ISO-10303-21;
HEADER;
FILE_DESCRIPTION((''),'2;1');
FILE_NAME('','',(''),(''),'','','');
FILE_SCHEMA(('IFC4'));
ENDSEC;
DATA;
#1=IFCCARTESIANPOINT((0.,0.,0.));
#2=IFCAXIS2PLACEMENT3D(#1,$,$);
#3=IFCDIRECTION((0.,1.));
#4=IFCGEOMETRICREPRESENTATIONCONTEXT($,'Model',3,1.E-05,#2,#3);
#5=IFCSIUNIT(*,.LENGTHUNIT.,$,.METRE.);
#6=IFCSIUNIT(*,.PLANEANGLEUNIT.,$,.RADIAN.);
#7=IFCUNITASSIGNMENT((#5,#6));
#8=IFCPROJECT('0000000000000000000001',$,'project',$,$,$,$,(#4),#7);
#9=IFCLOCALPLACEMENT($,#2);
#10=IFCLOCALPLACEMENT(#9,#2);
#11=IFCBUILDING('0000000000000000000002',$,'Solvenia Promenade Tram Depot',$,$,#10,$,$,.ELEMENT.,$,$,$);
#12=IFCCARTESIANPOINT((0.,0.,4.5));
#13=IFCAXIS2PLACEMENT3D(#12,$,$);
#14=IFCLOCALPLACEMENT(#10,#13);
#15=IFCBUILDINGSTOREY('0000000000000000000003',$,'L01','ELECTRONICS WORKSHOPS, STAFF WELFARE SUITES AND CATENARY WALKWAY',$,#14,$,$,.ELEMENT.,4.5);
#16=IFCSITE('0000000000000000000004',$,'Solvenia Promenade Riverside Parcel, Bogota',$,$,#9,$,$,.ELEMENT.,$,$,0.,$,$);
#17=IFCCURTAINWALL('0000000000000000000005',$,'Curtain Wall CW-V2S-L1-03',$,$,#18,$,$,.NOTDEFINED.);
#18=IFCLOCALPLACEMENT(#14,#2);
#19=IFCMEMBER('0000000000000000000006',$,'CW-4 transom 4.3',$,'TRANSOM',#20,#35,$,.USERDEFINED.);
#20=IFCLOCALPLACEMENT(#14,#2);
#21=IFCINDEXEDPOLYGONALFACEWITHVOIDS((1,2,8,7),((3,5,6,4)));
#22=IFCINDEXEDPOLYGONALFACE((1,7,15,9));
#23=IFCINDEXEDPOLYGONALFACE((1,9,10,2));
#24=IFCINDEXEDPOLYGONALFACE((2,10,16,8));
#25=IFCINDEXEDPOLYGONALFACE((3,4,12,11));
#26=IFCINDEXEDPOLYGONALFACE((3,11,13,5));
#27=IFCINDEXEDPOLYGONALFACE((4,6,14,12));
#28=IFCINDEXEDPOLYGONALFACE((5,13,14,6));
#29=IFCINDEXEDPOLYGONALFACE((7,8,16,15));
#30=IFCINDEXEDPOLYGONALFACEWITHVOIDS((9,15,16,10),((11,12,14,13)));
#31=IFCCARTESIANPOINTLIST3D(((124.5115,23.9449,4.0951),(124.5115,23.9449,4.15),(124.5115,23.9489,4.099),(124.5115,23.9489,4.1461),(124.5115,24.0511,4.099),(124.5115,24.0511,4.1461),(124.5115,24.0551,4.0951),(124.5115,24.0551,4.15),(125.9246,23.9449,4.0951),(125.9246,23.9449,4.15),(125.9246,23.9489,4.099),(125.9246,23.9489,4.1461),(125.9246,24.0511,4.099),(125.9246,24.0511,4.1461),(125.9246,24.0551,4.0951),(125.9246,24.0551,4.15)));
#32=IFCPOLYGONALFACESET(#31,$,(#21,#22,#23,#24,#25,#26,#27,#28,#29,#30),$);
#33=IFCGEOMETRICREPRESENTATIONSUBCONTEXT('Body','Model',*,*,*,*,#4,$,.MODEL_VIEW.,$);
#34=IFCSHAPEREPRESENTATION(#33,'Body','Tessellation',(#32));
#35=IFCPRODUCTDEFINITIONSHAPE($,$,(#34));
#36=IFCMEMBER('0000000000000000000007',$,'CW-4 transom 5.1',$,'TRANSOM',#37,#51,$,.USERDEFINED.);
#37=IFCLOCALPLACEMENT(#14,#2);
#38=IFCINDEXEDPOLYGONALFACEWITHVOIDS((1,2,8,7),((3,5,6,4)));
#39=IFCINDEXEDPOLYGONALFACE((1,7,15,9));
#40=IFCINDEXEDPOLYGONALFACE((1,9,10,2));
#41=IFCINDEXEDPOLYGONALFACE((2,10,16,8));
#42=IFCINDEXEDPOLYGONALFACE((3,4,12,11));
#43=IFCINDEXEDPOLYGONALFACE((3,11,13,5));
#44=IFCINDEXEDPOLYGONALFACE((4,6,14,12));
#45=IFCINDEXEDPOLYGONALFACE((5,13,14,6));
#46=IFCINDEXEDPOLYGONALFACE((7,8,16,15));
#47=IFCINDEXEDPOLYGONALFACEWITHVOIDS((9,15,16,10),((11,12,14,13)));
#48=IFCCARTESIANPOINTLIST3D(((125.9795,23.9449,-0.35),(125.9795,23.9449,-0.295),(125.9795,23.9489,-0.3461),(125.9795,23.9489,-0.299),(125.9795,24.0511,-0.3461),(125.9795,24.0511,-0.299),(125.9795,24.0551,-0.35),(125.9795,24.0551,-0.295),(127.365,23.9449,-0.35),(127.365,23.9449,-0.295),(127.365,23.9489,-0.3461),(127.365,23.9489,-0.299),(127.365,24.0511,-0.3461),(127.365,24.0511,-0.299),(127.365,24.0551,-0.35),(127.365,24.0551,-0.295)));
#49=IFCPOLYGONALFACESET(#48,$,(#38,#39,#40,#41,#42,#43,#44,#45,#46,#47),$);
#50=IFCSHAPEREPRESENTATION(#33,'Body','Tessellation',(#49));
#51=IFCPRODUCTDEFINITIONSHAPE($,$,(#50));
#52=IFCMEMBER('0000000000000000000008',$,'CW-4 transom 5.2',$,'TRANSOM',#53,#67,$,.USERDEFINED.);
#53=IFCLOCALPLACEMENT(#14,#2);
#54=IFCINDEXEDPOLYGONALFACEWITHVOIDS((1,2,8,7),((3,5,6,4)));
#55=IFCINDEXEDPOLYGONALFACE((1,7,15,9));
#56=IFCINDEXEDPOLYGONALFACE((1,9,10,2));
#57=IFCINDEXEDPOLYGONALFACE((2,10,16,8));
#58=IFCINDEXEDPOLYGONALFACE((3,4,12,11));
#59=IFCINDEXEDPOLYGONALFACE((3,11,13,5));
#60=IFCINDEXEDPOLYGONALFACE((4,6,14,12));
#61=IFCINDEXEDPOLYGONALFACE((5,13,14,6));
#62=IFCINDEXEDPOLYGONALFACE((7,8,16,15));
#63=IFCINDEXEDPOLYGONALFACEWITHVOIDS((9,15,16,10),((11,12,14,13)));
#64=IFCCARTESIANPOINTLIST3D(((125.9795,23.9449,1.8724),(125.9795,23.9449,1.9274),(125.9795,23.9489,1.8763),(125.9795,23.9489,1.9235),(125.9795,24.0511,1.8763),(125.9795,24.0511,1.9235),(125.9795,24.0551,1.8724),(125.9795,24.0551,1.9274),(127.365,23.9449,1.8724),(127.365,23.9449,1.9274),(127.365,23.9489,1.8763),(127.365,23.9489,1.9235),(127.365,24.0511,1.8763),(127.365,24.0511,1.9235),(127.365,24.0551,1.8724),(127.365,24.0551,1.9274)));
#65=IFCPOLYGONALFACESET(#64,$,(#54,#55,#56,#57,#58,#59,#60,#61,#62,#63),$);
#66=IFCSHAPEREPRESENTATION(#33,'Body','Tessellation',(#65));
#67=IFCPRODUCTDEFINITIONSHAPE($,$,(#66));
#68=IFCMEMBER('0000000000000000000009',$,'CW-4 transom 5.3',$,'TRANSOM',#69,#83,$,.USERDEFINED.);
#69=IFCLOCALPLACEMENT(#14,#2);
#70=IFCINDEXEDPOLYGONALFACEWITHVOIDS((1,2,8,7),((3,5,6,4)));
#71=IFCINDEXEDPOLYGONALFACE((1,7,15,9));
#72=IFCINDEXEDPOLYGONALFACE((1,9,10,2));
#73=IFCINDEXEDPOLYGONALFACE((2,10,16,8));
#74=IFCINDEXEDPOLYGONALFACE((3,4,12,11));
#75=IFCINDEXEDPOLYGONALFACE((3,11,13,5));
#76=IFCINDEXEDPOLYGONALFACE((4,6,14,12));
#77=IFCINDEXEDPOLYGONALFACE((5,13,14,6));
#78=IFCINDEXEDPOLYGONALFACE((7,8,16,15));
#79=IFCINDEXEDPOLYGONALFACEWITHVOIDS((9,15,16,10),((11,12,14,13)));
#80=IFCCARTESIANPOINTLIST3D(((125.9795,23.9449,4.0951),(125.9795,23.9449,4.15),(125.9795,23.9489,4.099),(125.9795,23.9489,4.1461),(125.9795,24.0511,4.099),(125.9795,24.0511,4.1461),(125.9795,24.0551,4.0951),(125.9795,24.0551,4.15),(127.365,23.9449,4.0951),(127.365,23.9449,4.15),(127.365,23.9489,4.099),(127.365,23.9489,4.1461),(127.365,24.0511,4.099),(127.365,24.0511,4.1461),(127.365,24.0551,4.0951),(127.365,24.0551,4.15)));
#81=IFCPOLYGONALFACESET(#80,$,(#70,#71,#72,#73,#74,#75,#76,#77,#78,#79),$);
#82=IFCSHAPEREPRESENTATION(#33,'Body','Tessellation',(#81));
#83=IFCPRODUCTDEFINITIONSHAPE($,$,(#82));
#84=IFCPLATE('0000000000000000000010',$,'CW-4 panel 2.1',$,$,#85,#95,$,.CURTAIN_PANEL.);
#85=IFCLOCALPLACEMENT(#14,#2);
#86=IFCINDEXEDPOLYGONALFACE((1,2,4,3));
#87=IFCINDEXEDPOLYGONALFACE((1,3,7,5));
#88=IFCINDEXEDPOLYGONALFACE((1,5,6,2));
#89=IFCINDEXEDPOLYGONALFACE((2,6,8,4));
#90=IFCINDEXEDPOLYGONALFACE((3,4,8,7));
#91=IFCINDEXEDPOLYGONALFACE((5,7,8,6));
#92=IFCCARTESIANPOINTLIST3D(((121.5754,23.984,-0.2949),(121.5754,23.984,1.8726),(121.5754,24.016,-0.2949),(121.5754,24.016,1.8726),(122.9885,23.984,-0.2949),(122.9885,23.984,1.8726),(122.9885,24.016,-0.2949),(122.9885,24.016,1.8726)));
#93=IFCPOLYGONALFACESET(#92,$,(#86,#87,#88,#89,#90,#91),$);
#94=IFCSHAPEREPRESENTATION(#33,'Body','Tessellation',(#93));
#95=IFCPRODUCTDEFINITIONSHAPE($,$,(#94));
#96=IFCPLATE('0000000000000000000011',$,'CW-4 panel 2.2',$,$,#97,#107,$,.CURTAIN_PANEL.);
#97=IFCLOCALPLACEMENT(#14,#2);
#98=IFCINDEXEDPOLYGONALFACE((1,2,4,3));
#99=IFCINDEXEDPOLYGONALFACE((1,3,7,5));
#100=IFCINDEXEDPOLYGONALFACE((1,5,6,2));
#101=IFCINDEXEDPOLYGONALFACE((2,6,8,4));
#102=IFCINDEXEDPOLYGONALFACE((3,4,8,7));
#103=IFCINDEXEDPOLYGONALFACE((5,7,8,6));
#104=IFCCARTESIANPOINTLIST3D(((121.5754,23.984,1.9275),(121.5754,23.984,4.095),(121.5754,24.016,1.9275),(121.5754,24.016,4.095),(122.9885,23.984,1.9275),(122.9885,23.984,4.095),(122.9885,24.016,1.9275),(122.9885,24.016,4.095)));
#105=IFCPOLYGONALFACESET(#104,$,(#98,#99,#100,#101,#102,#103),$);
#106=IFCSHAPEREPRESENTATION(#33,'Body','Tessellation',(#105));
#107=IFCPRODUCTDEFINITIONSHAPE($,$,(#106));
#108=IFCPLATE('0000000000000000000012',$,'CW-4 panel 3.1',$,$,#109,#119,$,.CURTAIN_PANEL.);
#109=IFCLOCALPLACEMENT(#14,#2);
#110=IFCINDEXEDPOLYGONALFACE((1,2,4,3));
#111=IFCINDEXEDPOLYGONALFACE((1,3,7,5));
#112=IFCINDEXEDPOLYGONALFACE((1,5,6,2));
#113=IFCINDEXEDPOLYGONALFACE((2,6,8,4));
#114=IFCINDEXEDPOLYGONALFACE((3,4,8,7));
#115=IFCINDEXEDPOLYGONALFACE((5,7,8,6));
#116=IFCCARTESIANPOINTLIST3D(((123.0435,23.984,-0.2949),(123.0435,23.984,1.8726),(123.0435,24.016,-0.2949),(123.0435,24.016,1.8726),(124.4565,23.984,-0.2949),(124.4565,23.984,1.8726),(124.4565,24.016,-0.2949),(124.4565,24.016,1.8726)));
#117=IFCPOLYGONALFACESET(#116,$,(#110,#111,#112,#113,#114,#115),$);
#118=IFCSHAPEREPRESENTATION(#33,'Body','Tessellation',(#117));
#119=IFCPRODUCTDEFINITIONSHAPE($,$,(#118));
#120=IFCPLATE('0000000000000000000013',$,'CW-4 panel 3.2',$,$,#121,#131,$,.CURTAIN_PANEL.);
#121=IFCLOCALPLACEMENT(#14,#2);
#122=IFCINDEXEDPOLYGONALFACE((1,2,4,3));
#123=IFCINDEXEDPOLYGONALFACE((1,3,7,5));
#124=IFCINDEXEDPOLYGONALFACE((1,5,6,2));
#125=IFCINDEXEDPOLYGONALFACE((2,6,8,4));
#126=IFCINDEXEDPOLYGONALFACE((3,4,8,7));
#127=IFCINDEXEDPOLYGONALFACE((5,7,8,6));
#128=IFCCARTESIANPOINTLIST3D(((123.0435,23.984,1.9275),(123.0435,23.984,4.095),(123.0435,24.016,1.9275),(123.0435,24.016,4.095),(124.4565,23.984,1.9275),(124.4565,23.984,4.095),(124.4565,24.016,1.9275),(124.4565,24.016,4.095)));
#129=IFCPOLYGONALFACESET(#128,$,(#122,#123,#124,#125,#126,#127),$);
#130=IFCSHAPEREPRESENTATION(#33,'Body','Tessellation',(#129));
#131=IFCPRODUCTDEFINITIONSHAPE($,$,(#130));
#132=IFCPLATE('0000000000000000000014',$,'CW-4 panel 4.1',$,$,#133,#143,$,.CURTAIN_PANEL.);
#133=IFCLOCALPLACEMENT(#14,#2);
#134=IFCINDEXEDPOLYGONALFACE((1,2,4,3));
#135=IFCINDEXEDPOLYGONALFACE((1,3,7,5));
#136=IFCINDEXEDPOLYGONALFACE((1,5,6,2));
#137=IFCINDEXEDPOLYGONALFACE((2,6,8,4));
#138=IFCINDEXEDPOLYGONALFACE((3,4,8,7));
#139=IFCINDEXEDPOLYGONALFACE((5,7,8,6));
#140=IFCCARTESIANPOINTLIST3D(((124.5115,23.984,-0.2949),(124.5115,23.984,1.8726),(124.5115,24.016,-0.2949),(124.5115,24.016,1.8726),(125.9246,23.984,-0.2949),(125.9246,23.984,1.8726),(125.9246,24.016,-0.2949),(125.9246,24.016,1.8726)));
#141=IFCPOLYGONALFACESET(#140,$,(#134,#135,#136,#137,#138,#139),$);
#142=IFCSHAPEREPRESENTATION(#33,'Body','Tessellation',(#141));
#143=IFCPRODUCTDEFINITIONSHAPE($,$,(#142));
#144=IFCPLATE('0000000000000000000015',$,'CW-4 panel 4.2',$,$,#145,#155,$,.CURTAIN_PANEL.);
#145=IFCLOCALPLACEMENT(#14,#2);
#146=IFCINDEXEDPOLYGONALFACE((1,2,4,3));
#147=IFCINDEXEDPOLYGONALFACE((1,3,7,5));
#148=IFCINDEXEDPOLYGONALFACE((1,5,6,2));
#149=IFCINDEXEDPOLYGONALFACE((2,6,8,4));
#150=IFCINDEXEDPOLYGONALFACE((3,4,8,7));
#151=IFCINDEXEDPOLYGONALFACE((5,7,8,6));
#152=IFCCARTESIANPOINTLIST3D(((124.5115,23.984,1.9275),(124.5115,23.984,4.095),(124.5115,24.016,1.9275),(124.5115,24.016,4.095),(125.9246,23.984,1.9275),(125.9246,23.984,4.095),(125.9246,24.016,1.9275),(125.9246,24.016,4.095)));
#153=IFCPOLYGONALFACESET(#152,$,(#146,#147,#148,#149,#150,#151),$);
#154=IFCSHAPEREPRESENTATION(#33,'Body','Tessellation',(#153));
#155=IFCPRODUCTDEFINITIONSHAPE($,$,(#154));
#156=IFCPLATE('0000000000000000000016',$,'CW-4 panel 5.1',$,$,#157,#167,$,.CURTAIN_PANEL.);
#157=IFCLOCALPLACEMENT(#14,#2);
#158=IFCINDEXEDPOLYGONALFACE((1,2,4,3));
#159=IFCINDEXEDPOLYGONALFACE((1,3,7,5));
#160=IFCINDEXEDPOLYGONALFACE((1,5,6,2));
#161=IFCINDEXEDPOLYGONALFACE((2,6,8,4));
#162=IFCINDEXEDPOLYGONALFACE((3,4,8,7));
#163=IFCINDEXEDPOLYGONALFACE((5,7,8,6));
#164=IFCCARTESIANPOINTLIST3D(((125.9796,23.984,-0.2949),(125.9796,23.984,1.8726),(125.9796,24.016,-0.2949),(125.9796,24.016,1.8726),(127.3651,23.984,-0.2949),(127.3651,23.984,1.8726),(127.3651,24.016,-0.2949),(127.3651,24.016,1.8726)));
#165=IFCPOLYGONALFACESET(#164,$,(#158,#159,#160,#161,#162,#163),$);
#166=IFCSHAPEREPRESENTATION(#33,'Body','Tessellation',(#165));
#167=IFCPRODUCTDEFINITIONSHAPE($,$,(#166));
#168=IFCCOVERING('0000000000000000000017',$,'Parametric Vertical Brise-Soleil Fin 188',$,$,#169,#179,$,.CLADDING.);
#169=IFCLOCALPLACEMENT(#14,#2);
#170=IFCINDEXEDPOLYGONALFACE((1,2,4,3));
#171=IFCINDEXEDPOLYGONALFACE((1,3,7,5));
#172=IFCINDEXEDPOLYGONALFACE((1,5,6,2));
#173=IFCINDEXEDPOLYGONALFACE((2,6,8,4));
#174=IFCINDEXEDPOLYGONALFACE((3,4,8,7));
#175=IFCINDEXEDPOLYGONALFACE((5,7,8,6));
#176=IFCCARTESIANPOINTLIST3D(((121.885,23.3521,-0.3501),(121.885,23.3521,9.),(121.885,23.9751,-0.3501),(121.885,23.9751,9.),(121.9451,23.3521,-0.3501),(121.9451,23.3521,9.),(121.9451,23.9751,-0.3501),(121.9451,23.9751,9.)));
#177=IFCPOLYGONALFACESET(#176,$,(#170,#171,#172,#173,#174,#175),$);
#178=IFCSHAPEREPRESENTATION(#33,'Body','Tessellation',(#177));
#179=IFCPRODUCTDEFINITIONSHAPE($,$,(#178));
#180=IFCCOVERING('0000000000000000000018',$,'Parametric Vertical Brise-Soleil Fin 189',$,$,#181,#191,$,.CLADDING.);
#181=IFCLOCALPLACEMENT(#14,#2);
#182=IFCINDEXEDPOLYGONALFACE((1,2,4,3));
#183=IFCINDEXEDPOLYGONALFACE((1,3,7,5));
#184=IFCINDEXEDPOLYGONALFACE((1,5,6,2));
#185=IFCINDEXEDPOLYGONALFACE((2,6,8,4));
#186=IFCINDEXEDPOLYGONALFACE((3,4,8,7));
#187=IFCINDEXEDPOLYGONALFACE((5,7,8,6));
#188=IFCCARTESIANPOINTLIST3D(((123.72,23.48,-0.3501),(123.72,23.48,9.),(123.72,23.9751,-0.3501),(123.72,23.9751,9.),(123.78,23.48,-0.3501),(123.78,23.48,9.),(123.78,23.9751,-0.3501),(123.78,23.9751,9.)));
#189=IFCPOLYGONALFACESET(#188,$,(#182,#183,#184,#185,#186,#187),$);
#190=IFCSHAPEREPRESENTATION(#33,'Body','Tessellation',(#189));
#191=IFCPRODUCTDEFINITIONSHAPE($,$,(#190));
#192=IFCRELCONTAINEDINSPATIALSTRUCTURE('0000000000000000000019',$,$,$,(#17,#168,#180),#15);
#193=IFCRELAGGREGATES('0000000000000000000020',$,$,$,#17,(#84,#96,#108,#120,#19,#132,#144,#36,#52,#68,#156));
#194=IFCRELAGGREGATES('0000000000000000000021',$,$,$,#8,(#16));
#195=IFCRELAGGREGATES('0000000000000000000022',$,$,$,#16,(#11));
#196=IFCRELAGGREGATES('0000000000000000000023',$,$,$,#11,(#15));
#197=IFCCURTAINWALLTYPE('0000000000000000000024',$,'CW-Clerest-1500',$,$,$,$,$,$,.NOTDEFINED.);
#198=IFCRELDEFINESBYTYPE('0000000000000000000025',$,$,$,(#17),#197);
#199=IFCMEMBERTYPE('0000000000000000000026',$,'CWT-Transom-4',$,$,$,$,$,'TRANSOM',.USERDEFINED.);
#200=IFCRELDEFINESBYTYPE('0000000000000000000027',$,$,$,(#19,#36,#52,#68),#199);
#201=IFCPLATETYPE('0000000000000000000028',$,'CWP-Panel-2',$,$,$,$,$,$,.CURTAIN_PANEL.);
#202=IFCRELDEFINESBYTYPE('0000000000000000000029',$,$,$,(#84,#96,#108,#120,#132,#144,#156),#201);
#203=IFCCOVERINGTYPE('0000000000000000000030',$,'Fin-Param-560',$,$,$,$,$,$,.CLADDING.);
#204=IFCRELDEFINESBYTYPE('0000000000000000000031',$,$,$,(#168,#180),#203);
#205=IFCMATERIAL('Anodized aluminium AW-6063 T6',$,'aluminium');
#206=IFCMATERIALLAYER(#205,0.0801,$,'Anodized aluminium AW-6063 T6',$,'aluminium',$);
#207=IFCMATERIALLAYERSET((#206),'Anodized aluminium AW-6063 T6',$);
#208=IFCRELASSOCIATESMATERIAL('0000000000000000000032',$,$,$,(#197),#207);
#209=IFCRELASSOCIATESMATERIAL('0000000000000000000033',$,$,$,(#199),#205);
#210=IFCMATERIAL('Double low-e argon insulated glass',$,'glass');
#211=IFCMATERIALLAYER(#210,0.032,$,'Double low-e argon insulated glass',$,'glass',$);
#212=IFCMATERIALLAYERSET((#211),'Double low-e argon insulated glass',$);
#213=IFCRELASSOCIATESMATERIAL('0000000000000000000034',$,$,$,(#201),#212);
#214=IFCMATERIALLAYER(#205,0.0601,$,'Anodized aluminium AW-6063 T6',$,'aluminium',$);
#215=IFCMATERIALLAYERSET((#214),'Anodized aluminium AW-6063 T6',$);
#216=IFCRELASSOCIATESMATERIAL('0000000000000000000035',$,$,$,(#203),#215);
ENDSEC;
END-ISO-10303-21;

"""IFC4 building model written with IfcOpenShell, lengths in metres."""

from ifc_helpers import new_model, si_unit, direction, frame, origin, origin_2d, place, context, subcontext, project, spatial, rectangle, hollow_rectangle, extrude, material, layer, layer_set, material_profile, profile_set, type_object, element, aggregate, save


model = new_model("IFC4")

# Units and contexts
model_context = context("Model", 3, precision=1e-05, world=origin(), true_north=direction((0.0, 1.0)))
body_context = subcontext(model_context, "Body", "Model", "MODEL_VIEW")
ifc_project = project(units=[si_unit("LENGTHUNIT", "METRE"), si_unit("PLANEANGLEUNIT", "RADIAN")], contexts=[model_context])

# Site, building, storey
site_placement = place(None, origin())
site = spatial("IfcSite", under=ifc_project, at=site_placement, Name="Solvenia Promenade Riverside Parcel, Bogota", CompositionType="ELEMENT", RefElevation=0.0)
building_placement = place(site_placement, origin())
building = spatial("IfcBuilding", under=site, at=building_placement, Name="Solvenia Promenade Tram Depot", CompositionType="ELEMENT")
storey_placement = place(building_placement, frame((0.0, 0.0, 4.5)))
storey = spatial("IfcBuildingStorey", under=building, at=storey_placement, Name="L01", Description="ELECTRONICS WORKSHOPS, STAFF WELFARE SUITES AND CATENARY WALKWAY", CompositionType="ELEMENT", Elevation=4.5)

# Curtain wall, members, plates
ifc_material_1 = material(Name="Anodized aluminium AW-6063 T6", Category="aluminium")
ifc_layer_1 = layer(ifc_material_1, 0.0801, Name="Anodized aluminium AW-6063 T6", Category="aluminium")
ifc_layer_set_1 = layer_set([ifc_layer_1], Name="Anodized aluminium AW-6063 T6")
curtain_wall_type = type_object("IfcCurtainWallType", Name="CW-Clerest-1500", PredefinedType="NOTDEFINED", material=ifc_layer_set_1)
curtain_wall_placement = place(storey_placement, origin())
curtain_wall = element("IfcCurtainWall", 1, at=curtain_wall_placement, inside=storey, type_object=curtain_wall_type, Name="Curtain Wall CW-V2S-L1-03", PredefinedType="NOTDEFINED")
ifc_material_profile_1 = material_profile(ifc_material_1, hollow_rectangle(XDim=0.1101, YDim=0.0549, WallThickness=0.0039, at=origin_2d()), Name="ALU-T4", Category="aluminium")
ifc_profile_set_1 = profile_set([ifc_material_profile_1], Name="Anodized aluminium AW-6063 T6")
member_type_1 = type_object("IfcMemberType", Name="CWT-Transom-4", ElementType="TRANSOM", PredefinedType="USERDEFINED", material=ifc_profile_set_1)
member_1_placement = place(storey_placement, frame((124.5115, 24.0, 4.1226), z_axis=(1.0, 0.0, 0.0), x_axis=(0.0, 1.0, 0.0)))
member_1 = element("IfcMember", 2, at=member_1_placement, type_object=member_type_1, Name="CW-4 transom 4.3", ObjectType="TRANSOM", PredefinedType="USERDEFINED", context=body_context, shape_type="SweptSolid", body=[
    extrude(hollow_rectangle(XDim=0.1101, YDim=0.0549, WallThickness=0.0039, at=origin_2d()), origin(), (0.0, 0.0, 1.0), 1.4131),
])
member_2_placement = place(storey_placement, frame((125.9795, 24.0, -0.3225), z_axis=(1.0, 0.0, 0.0), x_axis=(0.0, 1.0, 0.0)))
member_2 = element("IfcMember", 3, at=member_2_placement, type_object=member_type_1, Name="CW-4 transom 5.1", ObjectType="TRANSOM", PredefinedType="USERDEFINED", context=body_context, shape_type="SweptSolid", body=[
    extrude(hollow_rectangle(XDim=0.1101, YDim=0.0549, WallThickness=0.0039, at=origin_2d()), origin(), (0.0, 0.0, 1.0), 1.3855),
])
member_3_placement = place(storey_placement, frame((125.9795, 24.0, 1.8999), z_axis=(1.0, 0.0, 0.0), x_axis=(0.0, 1.0, 0.0)))
member_3 = element("IfcMember", 4, at=member_3_placement, type_object=member_type_1, Name="CW-4 transom 5.2", ObjectType="TRANSOM", PredefinedType="USERDEFINED", context=body_context, shape_type="SweptSolid", body=[
    extrude(hollow_rectangle(XDim=0.1101, YDim=0.0549, WallThickness=0.0039, at=origin_2d()), origin(), (0.0, 0.0, 1.0), 1.3855),
])
member_4_placement = place(storey_placement, frame((125.9795, 24.0, 4.1226), z_axis=(1.0, 0.0, 0.0), x_axis=(0.0, 1.0, 0.0)))
member_4 = element("IfcMember", 5, at=member_4_placement, type_object=member_type_1, Name="CW-4 transom 5.3", ObjectType="TRANSOM", PredefinedType="USERDEFINED", context=body_context, shape_type="SweptSolid", body=[
    extrude(hollow_rectangle(XDim=0.1101, YDim=0.0549, WallThickness=0.0039, at=origin_2d()), origin(), (0.0, 0.0, 1.0), 1.3855),
])
ifc_material_2 = material(Name="Double low-e argon insulated glass", Category="glass")
ifc_layer_2 = layer(ifc_material_2, 0.032, Name="Double low-e argon insulated glass", Category="glass")
ifc_layer_set_2 = layer_set([ifc_layer_2], Name="Double low-e argon insulated glass")
plate_type = type_object("IfcPlateType", Name="CWP-Panel-2", PredefinedType="CURTAIN_PANEL", material=ifc_layer_set_2)
plate_1_placement = place(storey_placement, frame((122.282, 24.0, -0.2949), z_axis=(0.0, 0.0, 1.0), x_axis=(1.0, 0.0, 0.0)))
plate_1 = element("IfcPlate", 6, at=plate_1_placement, type_object=plate_type, Name="CW-4 panel 2.1", PredefinedType="CURTAIN_PANEL", context=body_context, shape_type="SweptSolid", body=[
    extrude(rectangle(XDim=1.4131, YDim=0.032, at=origin_2d()), origin(), (0.0, 0.0, 1.0), 2.1675),
])
plate_2_placement = place(storey_placement, frame((122.282, 24.0, 1.9275), z_axis=(0.0, 0.0, 1.0), x_axis=(1.0, 0.0, 0.0)))
plate_2 = element("IfcPlate", 7, at=plate_2_placement, type_object=plate_type, Name="CW-4 panel 2.2", PredefinedType="CURTAIN_PANEL", context=body_context, shape_type="SweptSolid", body=[
    extrude(rectangle(XDim=1.4131, YDim=0.032, at=origin_2d()), origin(), (0.0, 0.0, 1.0), 2.1675),
])
plate_3_placement = place(storey_placement, frame((123.75, 24.0, -0.2949), z_axis=(0.0, 0.0, 1.0), x_axis=(1.0, 0.0, 0.0)))
plate_3 = element("IfcPlate", 8, at=plate_3_placement, type_object=plate_type, Name="CW-4 panel 3.1", PredefinedType="CURTAIN_PANEL", context=body_context, shape_type="SweptSolid", body=[
    extrude(rectangle(XDim=1.4131, YDim=0.032, at=origin_2d()), origin(), (0.0, 0.0, 1.0), 2.1675),
])
plate_4_placement = place(storey_placement, frame((123.75, 24.0, 1.9275), z_axis=(0.0, 0.0, 1.0), x_axis=(1.0, 0.0, 0.0)))
plate_4 = element("IfcPlate", 9, at=plate_4_placement, type_object=plate_type, Name="CW-4 panel 3.2", PredefinedType="CURTAIN_PANEL", context=body_context, shape_type="SweptSolid", body=[
    extrude(rectangle(XDim=1.4131, YDim=0.032, at=origin_2d()), origin(), (0.0, 0.0, 1.0), 2.1675),
])
plate_5_placement = place(storey_placement, frame((125.218, 24.0, -0.2949), z_axis=(0.0, 0.0, 1.0), x_axis=(1.0, 0.0, 0.0)))
plate_5 = element("IfcPlate", 10, at=plate_5_placement, type_object=plate_type, Name="CW-4 panel 4.1", PredefinedType="CURTAIN_PANEL", context=body_context, shape_type="SweptSolid", body=[
    extrude(rectangle(XDim=1.4131, YDim=0.032, at=origin_2d()), origin(), (0.0, 0.0, 1.0), 2.1675),
])
plate_6_placement = place(storey_placement, frame((125.218, 24.0, 1.9275), z_axis=(0.0, 0.0, 1.0), x_axis=(1.0, 0.0, 0.0)))
plate_6 = element("IfcPlate", 11, at=plate_6_placement, type_object=plate_type, Name="CW-4 panel 4.2", PredefinedType="CURTAIN_PANEL", context=body_context, shape_type="SweptSolid", body=[
    extrude(rectangle(XDim=1.4131, YDim=0.032, at=origin_2d()), origin(), (0.0, 0.0, 1.0), 2.1675),
])
plate_7_placement = place(storey_placement, frame((126.6724, 24.0, -0.2949), z_axis=(0.0, 0.0, 1.0), x_axis=(1.0, 0.0, 0.0)))
plate_7 = element("IfcPlate", 12, at=plate_7_placement, type_object=plate_type, Name="CW-4 panel 5.1", PredefinedType="CURTAIN_PANEL", context=body_context, shape_type="SweptSolid", body=[
    extrude(rectangle(XDim=1.3855, YDim=0.032, at=origin_2d()), origin(), (0.0, 0.0, 1.0), 2.1675),
])
aggregate(curtain_wall, [plate_1, plate_2, plate_3, plate_4, member_1, plate_5, plate_6, member_2, member_3, member_4, plate_7])

# Coverings
ifc_layer_3 = layer(ifc_material_1, 0.0601, Name="Anodized aluminium AW-6063 T6", Category="aluminium")
ifc_layer_set_3 = layer_set([ifc_layer_3], Name="Anodized aluminium AW-6063 T6")
covering_type = type_object("IfcCoveringType", Name="Fin-Param-560", PredefinedType="CLADDING", material=ifc_layer_set_3)
covering_1_placement = place(storey_placement, frame((121.915, 23.6636, -0.3501), z_axis=(0.0, 0.0, 1.0), x_axis=(1.0, 0.0, 0.0)))
element("IfcCovering", 13, at=covering_1_placement, inside=storey, type_object=covering_type, Name="Parametric Vertical Brise-Soleil Fin 188", PredefinedType="CLADDING", context=body_context, shape_type="SweptSolid", body=[
    extrude(rectangle(XDim=0.0601, YDim=0.623, at=origin_2d()), origin(), (0.0, 0.0, 1.0), 9.3501),
])
covering_2_placement = place(storey_placement, frame((123.75, 23.7275, -0.3501), z_axis=(0.0, 0.0, 1.0), x_axis=(1.0, 0.0, 0.0)))
element("IfcCovering", 14, at=covering_2_placement, inside=storey, type_object=covering_type, Name="Parametric Vertical Brise-Soleil Fin 189", PredefinedType="CLADDING", context=body_context, shape_type="SweptSolid", body=[
    extrude(rectangle(XDim=0.0601, YDim=0.4951, at=origin_2d()), origin(), (0.0, 0.0, 1.0), 9.3501),
])

save(model, "model.ifc")
